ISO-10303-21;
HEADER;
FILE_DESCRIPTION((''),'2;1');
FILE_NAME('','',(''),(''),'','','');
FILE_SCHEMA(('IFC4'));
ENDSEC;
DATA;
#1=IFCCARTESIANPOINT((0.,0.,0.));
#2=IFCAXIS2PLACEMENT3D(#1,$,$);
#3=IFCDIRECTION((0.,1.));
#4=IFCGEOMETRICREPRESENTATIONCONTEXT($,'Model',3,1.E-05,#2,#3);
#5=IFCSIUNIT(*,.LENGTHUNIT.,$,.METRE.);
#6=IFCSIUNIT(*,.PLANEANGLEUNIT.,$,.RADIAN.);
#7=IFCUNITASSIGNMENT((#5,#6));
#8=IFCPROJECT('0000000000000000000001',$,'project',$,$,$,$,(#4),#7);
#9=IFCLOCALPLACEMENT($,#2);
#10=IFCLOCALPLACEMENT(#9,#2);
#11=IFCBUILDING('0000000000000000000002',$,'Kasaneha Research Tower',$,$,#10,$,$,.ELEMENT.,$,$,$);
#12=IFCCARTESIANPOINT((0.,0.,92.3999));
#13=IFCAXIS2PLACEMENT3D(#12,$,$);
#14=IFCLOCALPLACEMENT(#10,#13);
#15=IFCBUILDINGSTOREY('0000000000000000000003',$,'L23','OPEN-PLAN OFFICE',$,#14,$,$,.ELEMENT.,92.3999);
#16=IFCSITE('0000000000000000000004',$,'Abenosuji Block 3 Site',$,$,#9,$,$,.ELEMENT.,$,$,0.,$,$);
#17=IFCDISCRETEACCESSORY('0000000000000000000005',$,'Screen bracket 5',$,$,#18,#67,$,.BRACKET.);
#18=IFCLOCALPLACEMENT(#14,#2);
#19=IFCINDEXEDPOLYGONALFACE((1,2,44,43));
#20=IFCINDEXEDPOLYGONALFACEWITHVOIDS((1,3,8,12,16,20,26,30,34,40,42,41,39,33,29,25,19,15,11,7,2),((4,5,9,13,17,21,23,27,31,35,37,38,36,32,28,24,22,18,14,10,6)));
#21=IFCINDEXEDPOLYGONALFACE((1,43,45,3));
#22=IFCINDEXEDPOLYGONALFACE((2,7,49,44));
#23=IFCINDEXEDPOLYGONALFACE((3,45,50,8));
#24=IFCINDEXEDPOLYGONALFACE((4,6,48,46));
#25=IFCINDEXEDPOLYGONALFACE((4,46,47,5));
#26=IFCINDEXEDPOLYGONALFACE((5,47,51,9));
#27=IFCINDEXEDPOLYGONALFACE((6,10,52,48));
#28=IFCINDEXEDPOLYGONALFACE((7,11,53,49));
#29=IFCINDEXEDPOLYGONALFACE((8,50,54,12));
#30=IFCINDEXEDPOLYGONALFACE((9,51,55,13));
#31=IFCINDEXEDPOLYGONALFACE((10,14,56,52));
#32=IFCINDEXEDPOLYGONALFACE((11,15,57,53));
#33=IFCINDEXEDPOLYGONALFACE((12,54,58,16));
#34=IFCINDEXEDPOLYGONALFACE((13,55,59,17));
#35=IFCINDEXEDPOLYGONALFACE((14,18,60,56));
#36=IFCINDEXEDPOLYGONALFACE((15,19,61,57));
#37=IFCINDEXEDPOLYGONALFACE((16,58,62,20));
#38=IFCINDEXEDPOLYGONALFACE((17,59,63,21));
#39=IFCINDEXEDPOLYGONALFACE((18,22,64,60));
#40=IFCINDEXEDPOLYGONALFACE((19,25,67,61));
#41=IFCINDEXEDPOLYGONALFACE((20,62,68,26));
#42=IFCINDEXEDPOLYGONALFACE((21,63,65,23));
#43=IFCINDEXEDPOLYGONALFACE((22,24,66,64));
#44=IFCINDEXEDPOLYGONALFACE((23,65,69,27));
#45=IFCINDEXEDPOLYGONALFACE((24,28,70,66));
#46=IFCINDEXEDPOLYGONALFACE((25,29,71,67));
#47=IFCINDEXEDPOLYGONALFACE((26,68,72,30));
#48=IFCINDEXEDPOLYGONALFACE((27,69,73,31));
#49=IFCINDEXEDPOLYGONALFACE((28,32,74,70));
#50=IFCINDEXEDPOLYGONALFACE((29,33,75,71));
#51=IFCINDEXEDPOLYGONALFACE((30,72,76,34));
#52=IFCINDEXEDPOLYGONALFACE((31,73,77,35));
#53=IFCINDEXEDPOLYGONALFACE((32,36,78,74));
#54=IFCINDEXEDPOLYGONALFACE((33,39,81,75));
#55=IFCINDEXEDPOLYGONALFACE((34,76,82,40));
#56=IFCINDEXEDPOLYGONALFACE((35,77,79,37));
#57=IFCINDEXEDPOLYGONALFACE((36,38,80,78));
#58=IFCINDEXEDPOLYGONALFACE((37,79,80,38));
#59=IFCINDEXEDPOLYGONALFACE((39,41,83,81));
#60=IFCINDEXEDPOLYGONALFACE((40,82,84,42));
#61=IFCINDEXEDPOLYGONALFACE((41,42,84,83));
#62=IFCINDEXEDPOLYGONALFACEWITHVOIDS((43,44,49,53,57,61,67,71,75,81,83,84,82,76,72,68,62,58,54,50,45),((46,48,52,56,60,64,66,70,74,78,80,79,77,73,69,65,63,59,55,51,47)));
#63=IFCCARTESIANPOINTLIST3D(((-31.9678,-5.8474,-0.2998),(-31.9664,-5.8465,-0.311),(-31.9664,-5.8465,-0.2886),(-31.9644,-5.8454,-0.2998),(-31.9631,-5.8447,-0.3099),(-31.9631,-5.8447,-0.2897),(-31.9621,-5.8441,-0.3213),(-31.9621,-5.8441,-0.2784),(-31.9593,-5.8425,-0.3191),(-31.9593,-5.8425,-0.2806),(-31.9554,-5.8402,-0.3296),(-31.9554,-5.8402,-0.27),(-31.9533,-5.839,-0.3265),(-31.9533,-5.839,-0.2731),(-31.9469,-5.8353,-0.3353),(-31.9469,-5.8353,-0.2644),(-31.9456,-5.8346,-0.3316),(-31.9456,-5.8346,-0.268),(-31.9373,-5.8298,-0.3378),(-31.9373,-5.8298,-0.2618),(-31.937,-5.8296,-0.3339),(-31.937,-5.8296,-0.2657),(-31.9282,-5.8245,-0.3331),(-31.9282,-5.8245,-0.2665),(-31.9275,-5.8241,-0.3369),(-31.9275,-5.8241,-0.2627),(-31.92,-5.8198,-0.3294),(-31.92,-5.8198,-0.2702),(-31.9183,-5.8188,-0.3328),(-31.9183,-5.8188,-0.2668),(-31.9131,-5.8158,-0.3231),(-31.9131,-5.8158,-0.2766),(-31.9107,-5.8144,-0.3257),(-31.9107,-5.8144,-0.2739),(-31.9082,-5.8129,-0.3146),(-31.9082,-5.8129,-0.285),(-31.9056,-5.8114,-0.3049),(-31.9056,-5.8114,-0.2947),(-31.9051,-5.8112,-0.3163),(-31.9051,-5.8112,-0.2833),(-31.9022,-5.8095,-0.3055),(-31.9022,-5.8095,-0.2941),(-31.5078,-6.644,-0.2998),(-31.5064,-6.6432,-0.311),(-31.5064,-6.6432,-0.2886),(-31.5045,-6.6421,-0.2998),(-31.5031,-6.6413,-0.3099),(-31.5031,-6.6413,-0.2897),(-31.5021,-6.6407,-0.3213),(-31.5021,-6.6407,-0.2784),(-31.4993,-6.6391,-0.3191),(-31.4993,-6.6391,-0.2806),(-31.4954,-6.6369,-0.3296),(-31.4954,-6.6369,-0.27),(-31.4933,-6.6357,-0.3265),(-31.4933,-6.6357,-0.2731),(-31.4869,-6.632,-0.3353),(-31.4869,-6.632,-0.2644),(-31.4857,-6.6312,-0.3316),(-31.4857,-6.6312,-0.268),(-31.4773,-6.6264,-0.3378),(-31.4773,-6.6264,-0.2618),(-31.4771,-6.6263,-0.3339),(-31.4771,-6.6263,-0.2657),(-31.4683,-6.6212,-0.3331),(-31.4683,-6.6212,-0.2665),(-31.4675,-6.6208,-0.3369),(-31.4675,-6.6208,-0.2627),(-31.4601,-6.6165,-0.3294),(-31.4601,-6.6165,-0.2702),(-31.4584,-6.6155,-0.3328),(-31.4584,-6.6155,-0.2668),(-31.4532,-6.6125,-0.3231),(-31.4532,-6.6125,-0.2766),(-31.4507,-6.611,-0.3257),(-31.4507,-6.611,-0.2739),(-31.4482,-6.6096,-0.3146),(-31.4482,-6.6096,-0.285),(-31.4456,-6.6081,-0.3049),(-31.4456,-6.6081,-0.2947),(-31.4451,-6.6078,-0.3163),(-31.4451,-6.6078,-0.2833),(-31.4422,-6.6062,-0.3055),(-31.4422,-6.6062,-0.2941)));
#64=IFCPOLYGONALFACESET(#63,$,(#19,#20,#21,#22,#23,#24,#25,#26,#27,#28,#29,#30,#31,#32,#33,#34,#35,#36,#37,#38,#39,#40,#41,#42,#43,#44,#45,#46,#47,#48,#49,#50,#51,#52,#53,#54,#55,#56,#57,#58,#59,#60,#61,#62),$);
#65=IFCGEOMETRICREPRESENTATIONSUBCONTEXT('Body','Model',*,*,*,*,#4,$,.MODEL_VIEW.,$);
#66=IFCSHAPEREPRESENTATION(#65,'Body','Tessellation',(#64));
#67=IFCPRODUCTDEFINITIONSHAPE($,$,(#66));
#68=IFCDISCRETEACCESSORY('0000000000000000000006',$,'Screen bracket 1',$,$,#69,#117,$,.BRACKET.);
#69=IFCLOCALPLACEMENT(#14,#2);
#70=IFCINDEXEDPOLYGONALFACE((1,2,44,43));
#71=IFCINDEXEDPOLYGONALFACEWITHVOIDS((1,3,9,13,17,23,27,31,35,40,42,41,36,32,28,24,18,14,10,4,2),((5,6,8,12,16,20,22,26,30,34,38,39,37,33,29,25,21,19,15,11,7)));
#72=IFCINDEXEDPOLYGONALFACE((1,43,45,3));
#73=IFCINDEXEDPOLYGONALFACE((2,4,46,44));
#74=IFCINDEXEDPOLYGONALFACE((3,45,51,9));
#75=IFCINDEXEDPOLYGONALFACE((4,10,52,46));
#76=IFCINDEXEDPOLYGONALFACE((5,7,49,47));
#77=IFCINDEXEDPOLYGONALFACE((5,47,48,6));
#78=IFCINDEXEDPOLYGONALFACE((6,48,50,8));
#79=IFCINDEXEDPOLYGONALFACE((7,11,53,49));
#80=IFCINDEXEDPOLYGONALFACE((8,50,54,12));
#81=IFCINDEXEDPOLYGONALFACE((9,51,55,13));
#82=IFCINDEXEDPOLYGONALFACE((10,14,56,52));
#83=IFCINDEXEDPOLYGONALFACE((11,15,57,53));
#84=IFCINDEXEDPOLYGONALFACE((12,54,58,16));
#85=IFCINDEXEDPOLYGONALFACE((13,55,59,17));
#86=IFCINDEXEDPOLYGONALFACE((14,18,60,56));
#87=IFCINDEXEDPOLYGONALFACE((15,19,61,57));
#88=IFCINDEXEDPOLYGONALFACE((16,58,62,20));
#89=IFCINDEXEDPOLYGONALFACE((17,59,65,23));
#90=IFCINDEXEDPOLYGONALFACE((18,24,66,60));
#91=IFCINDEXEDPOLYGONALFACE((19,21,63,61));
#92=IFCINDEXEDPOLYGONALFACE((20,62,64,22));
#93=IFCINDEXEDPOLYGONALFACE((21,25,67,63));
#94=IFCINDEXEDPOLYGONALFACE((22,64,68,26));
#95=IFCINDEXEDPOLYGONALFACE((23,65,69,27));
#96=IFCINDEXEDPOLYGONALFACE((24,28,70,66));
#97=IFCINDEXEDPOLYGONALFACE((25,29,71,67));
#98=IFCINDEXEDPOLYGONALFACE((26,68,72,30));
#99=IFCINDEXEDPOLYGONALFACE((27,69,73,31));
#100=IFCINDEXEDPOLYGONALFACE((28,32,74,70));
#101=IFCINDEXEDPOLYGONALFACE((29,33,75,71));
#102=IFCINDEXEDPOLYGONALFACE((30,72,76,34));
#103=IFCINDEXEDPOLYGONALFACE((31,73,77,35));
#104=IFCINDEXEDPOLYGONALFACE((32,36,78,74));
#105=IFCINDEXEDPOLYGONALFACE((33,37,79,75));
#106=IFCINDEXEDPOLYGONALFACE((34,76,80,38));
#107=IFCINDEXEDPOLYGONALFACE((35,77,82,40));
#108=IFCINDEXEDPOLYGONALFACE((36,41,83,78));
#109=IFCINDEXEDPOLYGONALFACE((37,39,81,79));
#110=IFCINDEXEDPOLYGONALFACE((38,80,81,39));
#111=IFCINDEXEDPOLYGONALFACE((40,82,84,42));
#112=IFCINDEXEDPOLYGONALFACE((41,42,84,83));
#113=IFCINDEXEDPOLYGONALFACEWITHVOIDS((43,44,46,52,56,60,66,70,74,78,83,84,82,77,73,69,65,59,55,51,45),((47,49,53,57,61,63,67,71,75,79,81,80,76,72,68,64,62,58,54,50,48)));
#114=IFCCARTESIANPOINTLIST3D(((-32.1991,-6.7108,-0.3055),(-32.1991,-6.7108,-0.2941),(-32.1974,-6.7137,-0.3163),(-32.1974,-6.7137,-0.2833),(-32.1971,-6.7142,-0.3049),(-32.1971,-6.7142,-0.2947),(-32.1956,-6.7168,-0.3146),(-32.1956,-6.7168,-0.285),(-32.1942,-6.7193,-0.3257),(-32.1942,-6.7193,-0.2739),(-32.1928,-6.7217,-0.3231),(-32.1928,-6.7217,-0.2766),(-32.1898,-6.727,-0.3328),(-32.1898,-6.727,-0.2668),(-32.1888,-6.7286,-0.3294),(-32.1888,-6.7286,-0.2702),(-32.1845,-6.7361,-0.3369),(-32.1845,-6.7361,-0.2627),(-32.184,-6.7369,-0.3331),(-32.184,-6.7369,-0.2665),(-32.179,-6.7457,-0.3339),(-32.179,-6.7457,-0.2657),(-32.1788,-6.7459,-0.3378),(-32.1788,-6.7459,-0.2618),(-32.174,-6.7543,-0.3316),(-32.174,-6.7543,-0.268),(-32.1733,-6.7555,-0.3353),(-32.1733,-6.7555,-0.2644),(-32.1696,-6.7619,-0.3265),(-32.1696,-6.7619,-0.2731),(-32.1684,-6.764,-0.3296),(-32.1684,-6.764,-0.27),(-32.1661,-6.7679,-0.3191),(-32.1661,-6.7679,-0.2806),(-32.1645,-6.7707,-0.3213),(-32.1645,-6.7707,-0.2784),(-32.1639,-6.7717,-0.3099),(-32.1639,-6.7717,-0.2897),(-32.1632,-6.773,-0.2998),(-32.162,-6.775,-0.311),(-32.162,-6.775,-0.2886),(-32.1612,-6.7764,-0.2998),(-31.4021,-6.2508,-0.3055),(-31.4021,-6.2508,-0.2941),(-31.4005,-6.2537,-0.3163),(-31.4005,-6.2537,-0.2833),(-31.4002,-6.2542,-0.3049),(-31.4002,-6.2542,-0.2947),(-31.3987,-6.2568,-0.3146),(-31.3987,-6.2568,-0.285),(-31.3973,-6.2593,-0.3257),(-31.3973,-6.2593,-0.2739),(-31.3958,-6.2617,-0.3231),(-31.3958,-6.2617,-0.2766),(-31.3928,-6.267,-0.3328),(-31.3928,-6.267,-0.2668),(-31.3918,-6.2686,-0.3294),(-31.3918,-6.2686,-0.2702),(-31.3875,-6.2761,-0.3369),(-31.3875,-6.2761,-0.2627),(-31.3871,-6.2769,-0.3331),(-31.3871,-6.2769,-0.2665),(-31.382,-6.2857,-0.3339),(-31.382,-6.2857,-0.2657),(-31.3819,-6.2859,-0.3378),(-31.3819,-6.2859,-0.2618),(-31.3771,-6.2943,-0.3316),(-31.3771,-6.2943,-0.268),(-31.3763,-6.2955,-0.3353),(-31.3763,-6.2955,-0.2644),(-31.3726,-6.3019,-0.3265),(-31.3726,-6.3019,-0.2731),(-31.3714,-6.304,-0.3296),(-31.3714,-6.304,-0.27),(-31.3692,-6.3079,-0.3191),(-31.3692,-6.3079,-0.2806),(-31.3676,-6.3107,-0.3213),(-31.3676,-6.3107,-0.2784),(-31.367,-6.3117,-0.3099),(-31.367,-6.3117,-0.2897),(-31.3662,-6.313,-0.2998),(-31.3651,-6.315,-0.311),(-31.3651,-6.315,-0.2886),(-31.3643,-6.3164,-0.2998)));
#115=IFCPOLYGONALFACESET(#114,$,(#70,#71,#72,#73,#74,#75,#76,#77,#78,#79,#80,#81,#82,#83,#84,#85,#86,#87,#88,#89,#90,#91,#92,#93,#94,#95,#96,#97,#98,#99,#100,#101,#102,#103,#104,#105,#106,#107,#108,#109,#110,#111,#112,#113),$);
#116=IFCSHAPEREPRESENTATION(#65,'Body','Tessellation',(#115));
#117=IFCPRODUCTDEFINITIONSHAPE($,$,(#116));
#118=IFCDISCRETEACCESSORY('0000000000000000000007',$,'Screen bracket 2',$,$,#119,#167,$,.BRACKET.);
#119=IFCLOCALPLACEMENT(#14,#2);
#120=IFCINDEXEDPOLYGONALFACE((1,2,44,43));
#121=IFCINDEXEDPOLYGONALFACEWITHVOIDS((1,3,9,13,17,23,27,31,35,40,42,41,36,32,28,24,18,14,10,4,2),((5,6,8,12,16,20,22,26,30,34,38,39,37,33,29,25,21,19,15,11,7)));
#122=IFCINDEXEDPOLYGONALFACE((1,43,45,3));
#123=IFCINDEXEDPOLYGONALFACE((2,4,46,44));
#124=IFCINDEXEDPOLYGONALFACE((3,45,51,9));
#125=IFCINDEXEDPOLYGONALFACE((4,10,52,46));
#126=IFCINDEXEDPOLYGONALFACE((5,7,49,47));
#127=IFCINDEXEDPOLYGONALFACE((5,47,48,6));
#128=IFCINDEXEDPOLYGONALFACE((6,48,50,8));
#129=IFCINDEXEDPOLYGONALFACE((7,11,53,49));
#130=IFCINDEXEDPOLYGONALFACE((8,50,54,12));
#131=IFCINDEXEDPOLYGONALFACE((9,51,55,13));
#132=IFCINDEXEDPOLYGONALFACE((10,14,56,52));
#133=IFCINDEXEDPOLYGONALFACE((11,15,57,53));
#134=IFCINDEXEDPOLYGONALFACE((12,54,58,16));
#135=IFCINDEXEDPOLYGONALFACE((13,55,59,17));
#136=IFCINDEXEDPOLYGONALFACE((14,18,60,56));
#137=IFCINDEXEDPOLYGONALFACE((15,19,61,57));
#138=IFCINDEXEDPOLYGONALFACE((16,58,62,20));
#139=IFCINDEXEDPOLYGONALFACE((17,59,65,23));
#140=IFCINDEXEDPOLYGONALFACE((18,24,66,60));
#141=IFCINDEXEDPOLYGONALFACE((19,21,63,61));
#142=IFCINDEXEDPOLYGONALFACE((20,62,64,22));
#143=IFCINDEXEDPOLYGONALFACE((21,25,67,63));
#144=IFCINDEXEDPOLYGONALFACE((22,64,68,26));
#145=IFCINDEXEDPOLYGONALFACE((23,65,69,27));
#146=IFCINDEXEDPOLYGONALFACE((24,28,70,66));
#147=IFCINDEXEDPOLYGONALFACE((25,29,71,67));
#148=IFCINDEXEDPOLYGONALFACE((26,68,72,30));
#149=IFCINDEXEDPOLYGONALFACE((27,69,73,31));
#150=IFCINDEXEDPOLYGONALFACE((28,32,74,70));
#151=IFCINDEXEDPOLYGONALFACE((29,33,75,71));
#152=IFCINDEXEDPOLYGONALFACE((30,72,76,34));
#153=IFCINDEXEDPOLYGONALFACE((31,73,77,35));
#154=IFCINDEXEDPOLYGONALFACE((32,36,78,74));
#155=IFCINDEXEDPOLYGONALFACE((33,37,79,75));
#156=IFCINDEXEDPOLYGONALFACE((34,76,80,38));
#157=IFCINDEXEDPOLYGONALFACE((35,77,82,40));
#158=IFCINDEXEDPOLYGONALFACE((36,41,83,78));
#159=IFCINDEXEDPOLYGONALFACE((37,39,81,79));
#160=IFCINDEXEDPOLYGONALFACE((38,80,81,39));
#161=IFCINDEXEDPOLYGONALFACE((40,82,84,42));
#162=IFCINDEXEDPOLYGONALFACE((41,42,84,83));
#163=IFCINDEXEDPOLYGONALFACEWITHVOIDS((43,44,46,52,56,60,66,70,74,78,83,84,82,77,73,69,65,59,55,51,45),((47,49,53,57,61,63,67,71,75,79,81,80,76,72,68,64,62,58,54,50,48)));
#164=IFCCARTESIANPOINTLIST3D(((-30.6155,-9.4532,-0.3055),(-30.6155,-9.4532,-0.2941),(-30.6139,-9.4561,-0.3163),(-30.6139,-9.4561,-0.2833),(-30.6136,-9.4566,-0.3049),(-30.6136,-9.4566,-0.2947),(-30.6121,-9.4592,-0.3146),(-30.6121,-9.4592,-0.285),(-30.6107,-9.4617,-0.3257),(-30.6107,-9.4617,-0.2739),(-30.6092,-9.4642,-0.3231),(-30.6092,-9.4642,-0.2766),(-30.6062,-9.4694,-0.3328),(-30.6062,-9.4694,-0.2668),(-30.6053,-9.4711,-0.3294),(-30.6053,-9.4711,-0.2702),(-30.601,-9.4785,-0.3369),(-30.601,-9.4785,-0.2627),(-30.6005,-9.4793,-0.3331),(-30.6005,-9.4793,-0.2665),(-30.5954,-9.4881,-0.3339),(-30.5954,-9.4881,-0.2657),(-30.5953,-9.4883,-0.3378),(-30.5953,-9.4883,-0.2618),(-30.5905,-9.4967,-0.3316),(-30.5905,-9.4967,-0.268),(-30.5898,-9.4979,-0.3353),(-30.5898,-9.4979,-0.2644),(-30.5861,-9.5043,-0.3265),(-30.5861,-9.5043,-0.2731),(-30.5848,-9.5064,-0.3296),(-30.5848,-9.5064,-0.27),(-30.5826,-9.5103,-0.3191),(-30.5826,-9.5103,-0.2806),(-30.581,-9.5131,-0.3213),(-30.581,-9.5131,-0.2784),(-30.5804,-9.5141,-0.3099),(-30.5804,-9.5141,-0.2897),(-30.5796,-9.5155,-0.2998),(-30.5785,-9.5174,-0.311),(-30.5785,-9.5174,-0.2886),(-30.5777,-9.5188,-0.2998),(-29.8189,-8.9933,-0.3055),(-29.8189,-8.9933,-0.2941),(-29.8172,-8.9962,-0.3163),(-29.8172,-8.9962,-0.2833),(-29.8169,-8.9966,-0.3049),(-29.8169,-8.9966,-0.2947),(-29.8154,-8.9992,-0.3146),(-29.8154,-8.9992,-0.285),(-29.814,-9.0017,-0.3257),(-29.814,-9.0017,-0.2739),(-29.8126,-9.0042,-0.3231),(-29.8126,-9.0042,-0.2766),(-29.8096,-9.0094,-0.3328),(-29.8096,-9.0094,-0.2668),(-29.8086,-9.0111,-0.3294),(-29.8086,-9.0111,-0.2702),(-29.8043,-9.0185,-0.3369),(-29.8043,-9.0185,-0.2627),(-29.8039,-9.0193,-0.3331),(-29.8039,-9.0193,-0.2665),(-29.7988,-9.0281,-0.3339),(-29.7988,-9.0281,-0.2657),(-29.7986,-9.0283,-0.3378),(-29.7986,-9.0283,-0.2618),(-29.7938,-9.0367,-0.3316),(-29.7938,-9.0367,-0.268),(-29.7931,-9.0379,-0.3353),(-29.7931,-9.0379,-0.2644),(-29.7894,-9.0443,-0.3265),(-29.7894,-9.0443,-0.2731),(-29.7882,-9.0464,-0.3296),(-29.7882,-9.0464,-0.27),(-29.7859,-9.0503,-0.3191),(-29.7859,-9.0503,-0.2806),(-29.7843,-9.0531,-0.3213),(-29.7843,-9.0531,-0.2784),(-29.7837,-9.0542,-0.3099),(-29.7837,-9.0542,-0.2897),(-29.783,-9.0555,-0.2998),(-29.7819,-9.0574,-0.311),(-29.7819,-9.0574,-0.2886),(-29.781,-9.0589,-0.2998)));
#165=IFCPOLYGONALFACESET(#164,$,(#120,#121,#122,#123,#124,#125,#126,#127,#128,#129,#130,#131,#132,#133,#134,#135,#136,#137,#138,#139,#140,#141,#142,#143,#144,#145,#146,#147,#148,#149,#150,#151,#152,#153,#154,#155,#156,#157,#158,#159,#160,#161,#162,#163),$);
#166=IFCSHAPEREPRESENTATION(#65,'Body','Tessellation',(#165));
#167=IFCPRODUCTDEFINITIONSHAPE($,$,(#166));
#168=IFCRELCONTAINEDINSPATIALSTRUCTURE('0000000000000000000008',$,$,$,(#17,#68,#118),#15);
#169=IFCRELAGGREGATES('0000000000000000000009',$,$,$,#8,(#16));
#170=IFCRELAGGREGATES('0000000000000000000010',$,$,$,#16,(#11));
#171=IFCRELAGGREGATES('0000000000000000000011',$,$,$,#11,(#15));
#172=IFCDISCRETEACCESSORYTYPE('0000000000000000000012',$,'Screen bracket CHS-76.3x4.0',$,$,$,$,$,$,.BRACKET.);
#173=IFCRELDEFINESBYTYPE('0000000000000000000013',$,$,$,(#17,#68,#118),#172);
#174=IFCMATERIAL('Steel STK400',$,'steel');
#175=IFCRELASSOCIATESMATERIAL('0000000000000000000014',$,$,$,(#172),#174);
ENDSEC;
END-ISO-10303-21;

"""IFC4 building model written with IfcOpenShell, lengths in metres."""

from ifc_helpers import new_model, si_unit, direction, frame, origin, origin_2d, place, context, subcontext, project, spatial, hollow_circle, extrude, material, material_profile, profile_set, type_object, element, save


model = new_model("IFC4")

# Units and contexts
model_context = context("Model", 3, precision=1e-05, world=origin(), true_north=direction((0.0, 1.0)))
body_context = subcontext(model_context, "Body", "Model", "MODEL_VIEW")
ifc_project = project(units=[si_unit("LENGTHUNIT", "METRE"), si_unit("PLANEANGLEUNIT", "RADIAN")], contexts=[model_context])

# Site, building, storey
site_placement = place(None, origin())
site = spatial("IfcSite", under=ifc_project, at=site_placement, Name="Abenosuji Block 3 Site", CompositionType="ELEMENT", RefElevation=0.0)
building_placement = place(site_placement, origin())
building = spatial("IfcBuilding", under=site, at=building_placement, Name="Kasaneha Research Tower", CompositionType="ELEMENT")
storey_placement = place(building_placement, frame((0.0, 0.0, 92.3999)))
storey = spatial("IfcBuildingStorey", under=building, at=storey_placement, Name="L23", Description="OPEN-PLAN OFFICE", CompositionType="ELEMENT", Elevation=92.3999)

# Discrete accessories
ifc_material_1 = material(Name="Steel STK400", Category="steel")
ifc_material_profile_1 = material_profile(ifc_material_1, hollow_circle(Radius=0.0381, WallThickness=0.0039, at=origin_2d()), Name="CHS-76.3x4.0")
ifc_profile_set_1 = profile_set([ifc_material_profile_1], Name="Steel STK400")
discrete_accessory_type = type_object("IfcDiscreteAccessoryType", Name="Screen bracket CHS-76.3x4.0", PredefinedType="BRACKET", material=ifc_profile_set_1)
discrete_accessory_1_placement = place(storey_placement, frame((-31.4749, -6.625, -0.2998), z_axis=(-0.500021, 0.866013, 0.0), x_axis=(-0.866013, -0.500021, 0.0)))
element("IfcDiscreteAccessory", 1, at=discrete_accessory_1_placement, inside=storey, type_object=discrete_accessory_type, Name="Screen bracket 5", PredefinedType="BRACKET", context=body_context, shape_type="SweptSolid", body=[
    extrude(hollow_circle(Radius=0.0381, WallThickness=0.0039, at=origin_2d()), origin(), (0.0, 0.0, 1.0), 0.9199),
])
discrete_accessory_2_placement = place(storey_placement, frame((-31.3833, -6.2834, -0.2998), z_axis=(-0.86608, -0.499906, 0.0), x_axis=(0.499906, -0.86608, 0.0)))
element("IfcDiscreteAccessory", 2, at=discrete_accessory_2_placement, inside=storey, type_object=discrete_accessory_type, Name="Screen bracket 1", PredefinedType="BRACKET", context=body_context, shape_type="SweptSolid", body=[
    extrude(hollow_circle(Radius=0.0381, WallThickness=0.0039, at=origin_2d()), origin(), (0.0, 0.0, 1.0), 0.9202),
])
discrete_accessory_3_placement = place(storey_placement, frame((-29.8, -9.0259, -0.2998), z_axis=(-0.866013, -0.500021, 0.0), x_axis=(0.500021, -0.866013, 0.0)))
element("IfcDiscreteAccessory", 3, at=discrete_accessory_3_placement, inside=storey, type_object=discrete_accessory_type, Name="Screen bracket 2", PredefinedType="BRACKET", context=body_context, shape_type="SweptSolid", body=[
    extrude(hollow_circle(Radius=0.0381, WallThickness=0.0039, at=origin_2d()), origin(), (0.0, 0.0, 1.0), 0.9199),
])

save(model, "model.ifc")
